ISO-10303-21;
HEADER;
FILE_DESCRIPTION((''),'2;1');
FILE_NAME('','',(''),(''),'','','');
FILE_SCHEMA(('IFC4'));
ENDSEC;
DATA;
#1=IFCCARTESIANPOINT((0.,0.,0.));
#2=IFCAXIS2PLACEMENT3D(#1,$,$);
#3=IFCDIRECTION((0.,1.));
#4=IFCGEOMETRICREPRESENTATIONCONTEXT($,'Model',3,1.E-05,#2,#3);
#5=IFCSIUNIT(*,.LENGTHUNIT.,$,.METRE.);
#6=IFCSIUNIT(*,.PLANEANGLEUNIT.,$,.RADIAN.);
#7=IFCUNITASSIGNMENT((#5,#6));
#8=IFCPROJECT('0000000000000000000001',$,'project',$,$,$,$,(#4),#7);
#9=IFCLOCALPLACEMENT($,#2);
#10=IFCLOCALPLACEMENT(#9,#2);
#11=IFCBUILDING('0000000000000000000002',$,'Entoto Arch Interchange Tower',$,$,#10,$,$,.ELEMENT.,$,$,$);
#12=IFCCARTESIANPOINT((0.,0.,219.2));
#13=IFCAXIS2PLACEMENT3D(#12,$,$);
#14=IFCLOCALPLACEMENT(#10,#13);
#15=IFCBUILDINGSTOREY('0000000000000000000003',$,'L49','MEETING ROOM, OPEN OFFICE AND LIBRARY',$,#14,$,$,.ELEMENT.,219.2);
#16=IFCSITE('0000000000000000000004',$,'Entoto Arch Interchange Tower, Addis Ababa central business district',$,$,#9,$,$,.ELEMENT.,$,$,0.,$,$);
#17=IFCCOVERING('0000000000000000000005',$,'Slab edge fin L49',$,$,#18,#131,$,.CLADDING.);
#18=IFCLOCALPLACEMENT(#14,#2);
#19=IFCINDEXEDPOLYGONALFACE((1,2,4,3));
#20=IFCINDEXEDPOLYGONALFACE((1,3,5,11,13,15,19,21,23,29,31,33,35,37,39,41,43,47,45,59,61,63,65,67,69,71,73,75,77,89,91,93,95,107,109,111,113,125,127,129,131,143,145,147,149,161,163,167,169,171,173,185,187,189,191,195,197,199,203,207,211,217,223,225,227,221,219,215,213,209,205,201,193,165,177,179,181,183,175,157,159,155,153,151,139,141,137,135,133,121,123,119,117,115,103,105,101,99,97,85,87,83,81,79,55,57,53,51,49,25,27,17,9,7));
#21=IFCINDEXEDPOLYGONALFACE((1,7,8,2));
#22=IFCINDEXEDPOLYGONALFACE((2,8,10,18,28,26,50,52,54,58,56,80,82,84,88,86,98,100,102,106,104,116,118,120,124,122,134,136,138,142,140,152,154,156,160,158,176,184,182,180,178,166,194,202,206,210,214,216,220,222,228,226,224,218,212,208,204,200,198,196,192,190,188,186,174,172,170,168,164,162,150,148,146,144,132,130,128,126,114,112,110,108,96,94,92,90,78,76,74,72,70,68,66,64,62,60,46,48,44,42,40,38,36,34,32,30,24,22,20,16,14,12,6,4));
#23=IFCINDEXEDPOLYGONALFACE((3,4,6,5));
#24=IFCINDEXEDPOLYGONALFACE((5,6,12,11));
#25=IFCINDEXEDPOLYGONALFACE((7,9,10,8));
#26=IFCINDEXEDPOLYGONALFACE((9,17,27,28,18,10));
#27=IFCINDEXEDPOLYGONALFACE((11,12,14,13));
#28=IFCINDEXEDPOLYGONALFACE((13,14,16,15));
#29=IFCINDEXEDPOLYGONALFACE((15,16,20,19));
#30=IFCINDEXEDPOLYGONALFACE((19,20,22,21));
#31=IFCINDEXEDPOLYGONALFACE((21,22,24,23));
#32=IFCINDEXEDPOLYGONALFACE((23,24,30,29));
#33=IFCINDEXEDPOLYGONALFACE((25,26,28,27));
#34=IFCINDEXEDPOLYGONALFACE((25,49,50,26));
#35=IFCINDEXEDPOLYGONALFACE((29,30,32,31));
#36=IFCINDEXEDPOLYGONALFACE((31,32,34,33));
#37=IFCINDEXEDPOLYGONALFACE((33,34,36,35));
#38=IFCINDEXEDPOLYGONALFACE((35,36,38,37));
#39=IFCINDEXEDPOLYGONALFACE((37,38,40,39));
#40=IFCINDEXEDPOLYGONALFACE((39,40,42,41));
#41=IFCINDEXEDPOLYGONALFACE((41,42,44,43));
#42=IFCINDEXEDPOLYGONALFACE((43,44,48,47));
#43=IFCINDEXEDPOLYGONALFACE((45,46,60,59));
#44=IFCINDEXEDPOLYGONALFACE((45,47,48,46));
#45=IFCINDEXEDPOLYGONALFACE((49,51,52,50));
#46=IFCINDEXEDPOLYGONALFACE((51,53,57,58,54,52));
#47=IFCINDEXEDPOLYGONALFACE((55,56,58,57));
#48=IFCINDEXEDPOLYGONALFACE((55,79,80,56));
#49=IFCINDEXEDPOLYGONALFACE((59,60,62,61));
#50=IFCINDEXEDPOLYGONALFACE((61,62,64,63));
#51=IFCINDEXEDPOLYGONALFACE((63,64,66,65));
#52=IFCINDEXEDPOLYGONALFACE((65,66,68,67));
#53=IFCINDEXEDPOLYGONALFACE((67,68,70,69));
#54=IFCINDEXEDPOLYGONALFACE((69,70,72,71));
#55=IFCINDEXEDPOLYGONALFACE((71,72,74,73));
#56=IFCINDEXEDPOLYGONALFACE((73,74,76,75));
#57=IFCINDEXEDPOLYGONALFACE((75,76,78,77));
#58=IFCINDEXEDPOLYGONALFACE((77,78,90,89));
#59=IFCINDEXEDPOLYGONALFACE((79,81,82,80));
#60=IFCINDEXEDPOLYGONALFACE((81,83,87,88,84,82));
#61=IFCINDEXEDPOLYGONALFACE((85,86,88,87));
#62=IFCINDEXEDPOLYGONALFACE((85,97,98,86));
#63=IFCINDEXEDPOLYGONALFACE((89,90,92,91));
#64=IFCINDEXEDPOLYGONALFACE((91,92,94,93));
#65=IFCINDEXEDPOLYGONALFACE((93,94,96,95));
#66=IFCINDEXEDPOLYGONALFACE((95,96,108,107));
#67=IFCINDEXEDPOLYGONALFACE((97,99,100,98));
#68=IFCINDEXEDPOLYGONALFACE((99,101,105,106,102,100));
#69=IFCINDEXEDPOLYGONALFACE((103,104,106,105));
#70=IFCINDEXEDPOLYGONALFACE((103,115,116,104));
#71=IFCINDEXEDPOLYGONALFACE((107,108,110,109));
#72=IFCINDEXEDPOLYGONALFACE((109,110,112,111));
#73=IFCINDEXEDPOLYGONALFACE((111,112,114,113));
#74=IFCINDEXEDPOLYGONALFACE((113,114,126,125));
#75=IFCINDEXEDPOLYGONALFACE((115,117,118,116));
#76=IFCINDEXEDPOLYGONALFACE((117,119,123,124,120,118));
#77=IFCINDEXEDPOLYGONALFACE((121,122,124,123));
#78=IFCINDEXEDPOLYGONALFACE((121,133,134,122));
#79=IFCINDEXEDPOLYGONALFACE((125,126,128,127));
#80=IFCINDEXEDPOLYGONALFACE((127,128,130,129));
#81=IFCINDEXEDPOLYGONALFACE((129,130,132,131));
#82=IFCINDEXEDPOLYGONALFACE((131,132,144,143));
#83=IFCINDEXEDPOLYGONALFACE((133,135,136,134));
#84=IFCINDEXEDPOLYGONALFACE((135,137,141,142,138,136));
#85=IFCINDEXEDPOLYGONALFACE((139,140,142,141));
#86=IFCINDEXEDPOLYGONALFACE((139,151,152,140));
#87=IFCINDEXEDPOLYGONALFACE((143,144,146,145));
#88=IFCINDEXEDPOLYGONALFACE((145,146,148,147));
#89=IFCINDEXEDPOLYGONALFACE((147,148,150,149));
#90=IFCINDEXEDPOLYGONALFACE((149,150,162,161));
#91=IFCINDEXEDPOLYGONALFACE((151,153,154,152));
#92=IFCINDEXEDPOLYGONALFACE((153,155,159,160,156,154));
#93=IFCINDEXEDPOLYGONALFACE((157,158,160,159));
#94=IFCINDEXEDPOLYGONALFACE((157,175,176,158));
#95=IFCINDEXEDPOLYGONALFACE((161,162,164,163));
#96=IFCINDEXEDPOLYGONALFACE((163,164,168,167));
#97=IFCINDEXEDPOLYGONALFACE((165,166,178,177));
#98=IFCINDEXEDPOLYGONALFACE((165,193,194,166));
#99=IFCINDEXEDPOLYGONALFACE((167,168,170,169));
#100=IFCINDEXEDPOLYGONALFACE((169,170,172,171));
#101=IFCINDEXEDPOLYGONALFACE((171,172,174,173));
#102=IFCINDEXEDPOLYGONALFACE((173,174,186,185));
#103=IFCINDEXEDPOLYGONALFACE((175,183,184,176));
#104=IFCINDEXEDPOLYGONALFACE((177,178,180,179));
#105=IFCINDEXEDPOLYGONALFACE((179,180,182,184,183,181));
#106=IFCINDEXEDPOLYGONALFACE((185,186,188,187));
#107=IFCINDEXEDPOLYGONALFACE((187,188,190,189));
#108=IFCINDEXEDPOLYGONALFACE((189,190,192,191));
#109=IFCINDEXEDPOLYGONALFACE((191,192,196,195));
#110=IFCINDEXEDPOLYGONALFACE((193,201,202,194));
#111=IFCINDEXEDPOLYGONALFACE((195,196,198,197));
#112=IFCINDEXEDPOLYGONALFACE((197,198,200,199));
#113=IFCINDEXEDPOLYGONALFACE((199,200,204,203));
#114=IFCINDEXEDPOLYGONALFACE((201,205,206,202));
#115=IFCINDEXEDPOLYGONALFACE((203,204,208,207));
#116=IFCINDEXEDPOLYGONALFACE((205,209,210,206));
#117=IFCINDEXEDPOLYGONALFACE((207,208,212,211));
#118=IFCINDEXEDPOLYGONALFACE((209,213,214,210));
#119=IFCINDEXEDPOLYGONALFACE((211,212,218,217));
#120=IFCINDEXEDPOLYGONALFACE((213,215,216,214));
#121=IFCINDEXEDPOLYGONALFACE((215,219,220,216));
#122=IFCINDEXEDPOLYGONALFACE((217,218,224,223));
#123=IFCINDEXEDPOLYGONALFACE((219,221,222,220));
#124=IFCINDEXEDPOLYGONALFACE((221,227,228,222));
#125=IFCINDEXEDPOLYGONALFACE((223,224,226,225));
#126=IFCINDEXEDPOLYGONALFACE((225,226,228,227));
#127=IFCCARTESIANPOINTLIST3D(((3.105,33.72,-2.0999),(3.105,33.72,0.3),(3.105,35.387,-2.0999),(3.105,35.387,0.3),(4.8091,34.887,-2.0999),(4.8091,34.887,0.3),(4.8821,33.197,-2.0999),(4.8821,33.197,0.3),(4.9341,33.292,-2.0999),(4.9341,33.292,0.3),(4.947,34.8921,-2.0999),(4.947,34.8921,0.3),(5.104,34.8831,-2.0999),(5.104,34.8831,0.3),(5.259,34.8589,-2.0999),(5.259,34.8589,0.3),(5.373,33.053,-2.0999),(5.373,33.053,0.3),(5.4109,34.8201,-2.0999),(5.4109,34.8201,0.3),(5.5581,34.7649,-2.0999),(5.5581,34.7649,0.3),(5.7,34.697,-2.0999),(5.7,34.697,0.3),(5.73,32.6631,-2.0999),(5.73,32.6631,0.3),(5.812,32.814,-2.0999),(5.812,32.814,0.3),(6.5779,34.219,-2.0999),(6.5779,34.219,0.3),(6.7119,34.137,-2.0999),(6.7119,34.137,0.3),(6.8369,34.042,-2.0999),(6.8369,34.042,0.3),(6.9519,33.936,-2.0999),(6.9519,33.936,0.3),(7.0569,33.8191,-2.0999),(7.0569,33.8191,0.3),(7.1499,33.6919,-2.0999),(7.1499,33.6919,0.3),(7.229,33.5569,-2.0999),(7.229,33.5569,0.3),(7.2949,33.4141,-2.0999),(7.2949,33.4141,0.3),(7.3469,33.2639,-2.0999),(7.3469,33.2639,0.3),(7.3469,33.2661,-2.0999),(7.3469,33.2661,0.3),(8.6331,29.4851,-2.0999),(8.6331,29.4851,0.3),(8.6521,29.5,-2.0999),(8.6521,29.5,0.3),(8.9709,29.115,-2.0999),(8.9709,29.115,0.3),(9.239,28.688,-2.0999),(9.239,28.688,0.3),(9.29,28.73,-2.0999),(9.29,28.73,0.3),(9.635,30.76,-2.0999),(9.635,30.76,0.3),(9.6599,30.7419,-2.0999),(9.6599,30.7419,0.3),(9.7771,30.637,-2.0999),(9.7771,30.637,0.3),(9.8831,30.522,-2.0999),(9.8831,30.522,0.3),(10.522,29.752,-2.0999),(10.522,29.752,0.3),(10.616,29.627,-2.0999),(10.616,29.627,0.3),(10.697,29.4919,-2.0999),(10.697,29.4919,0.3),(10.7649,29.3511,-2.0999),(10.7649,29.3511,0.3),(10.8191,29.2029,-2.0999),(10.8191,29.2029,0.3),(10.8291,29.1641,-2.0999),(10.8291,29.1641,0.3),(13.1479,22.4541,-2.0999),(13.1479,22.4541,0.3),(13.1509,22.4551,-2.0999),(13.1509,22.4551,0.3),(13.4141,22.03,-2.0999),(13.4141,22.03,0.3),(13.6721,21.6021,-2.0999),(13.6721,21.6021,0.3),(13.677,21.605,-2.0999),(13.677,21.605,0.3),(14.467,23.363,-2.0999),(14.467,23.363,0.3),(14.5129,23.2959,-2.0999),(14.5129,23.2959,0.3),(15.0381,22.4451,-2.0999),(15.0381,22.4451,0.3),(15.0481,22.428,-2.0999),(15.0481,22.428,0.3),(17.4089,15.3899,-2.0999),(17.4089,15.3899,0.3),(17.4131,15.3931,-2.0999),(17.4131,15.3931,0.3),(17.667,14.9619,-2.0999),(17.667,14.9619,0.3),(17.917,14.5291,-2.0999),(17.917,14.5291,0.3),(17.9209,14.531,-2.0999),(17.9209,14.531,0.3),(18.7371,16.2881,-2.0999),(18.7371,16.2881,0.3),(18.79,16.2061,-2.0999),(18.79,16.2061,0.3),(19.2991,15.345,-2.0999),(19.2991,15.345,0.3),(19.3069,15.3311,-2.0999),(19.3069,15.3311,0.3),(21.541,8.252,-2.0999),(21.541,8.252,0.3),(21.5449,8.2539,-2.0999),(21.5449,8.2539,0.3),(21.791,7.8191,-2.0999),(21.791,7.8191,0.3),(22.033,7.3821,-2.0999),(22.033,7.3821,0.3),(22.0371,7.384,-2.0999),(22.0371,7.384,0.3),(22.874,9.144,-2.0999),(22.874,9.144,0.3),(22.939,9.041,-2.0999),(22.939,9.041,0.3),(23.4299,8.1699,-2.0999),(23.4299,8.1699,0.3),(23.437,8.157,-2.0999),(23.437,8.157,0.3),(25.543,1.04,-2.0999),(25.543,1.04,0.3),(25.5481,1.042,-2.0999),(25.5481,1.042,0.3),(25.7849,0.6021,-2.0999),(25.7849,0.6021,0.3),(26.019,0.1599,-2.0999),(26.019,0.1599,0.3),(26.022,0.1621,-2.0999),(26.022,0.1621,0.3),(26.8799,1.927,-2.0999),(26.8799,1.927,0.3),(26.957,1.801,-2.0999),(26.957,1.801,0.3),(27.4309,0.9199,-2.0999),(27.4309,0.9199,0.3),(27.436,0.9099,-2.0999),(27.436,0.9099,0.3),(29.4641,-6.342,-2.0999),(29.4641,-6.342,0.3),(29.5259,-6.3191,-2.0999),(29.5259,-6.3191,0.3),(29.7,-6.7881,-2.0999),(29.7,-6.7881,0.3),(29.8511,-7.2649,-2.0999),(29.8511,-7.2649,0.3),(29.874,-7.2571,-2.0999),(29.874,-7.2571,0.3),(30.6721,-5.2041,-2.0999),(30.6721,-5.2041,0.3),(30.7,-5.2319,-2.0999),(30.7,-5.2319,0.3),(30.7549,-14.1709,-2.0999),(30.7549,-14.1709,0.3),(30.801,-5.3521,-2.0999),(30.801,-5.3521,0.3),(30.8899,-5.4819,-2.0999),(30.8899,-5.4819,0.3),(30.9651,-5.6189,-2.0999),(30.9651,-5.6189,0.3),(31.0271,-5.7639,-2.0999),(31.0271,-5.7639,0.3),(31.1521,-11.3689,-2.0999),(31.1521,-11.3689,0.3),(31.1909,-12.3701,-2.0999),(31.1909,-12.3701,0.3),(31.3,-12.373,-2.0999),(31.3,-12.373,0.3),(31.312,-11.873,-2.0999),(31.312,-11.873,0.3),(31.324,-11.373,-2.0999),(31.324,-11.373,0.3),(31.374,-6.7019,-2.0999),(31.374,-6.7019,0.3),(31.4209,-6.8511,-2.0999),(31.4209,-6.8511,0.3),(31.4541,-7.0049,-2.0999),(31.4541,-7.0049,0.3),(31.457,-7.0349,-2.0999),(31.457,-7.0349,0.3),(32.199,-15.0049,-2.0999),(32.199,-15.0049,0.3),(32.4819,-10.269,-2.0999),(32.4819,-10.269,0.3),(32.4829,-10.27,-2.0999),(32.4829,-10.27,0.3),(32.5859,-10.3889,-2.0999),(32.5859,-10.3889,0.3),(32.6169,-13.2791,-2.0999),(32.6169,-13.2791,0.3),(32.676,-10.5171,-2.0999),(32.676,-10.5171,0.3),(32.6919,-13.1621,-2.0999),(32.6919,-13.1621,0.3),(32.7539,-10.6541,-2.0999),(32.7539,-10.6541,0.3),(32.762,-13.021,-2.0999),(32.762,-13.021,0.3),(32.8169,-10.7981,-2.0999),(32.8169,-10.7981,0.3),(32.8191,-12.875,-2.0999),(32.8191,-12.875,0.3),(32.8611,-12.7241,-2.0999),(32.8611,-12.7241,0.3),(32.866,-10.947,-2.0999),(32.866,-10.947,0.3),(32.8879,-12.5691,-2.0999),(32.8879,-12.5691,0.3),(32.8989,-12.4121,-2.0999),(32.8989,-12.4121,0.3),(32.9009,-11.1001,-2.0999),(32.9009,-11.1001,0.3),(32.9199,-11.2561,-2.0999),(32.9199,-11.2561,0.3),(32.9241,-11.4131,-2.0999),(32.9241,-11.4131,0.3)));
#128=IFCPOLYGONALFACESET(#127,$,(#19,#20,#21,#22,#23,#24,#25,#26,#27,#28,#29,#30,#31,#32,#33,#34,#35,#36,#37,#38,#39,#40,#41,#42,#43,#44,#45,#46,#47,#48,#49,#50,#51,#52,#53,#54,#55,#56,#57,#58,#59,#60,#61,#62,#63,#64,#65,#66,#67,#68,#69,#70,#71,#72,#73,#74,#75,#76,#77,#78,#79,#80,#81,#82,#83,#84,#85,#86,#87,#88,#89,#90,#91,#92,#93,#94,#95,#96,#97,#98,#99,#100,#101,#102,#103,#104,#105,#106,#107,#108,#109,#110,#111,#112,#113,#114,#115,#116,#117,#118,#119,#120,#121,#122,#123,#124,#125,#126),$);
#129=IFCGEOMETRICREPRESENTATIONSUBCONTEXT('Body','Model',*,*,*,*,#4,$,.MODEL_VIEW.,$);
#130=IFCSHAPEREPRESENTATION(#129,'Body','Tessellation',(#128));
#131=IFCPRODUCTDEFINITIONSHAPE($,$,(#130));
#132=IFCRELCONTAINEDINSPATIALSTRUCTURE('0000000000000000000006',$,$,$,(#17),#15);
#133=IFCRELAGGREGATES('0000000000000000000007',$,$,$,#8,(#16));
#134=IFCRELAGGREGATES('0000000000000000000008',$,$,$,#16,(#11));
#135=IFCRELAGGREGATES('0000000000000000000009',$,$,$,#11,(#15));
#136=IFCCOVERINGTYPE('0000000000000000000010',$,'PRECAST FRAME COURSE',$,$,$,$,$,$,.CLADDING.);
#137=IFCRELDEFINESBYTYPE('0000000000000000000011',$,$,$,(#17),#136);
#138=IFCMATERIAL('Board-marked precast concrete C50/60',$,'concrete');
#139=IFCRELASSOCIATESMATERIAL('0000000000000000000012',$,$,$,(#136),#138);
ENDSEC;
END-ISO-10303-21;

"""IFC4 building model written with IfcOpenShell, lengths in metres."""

from ifc_helpers import new_model, si_unit, direction, frame, origin, place, context, subcontext, project, spatial, polyline, outline, extrude, material, type_object, element, save


model = new_model("IFC4")

# Units and contexts
model_context = context("Model", 3, precision=1e-05, world=origin(), true_north=direction((0.0, 1.0)))
body_context = subcontext(model_context, "Body", "Model", "MODEL_VIEW")
ifc_project = project(units=[si_unit("LENGTHUNIT", "METRE"), si_unit("PLANEANGLEUNIT", "RADIAN")], contexts=[model_context])

# Site, building, storey
site_placement = place(None, origin())
site = spatial("IfcSite", under=ifc_project, at=site_placement, Name="Entoto Arch Interchange Tower, Addis Ababa central business district", CompositionType="ELEMENT", RefElevation=0.0)
building_placement = place(site_placement, origin())
building = spatial("IfcBuilding", under=site, at=building_placement, Name="Entoto Arch Interchange Tower", CompositionType="ELEMENT")
storey_placement = place(building_placement, frame((0.0, 0.0, 219.2)))
storey = spatial("IfcBuildingStorey", under=building, at=storey_placement, Name="L49", Description="MEETING ROOM, OPEN OFFICE AND LIBRARY", CompositionType="ELEMENT", Elevation=219.2)

# Covering
ifc_material_1 = material(Name="Board-marked precast concrete C50/60", Category="concrete")
covering_type = type_object("IfcCoveringType", Name="PRECAST FRAME COURSE", PredefinedType="CLADDING", material=ifc_material_1)
covering_1_placement = place(storey_placement, frame((0.0, 0.0, -2.0999)))
element("IfcCovering", 1, at=covering_1_placement, inside=storey, type_object=covering_type, Name="Slab edge fin L49", PredefinedType="CLADDING", context=body_context, shape_type="SweptSolid", body=[
    extrude(outline(polyline([(5.259, 34.8589), (5.4109, 34.8201), (5.5581, 34.7649), (5.7, 34.697), (6.5779, 34.219), (6.7119, 34.137), (6.8369, 34.042), (6.9519, 33.936), (7.0569, 33.8191), (7.1499, 33.6919), (7.229, 33.5569), (7.2949, 33.4141), (7.3469, 33.2661), (7.3469, 33.2639), (9.635, 30.76), (9.6599, 30.7419), (9.7771, 30.637), (9.8831, 30.522), (10.522, 29.752), (10.616, 29.627), (10.697, 29.4919), (10.7649, 29.3511), (10.8191, 29.2029), (10.8291, 29.1641), (14.467, 23.363), (14.5129, 23.2959), (15.0381, 22.4451), (15.0481, 22.428), (18.7371, 16.2881), (18.79, 16.2061), (19.2991, 15.345), (19.3069, 15.3311), (22.874, 9.144), (22.939, 9.041), (23.4299, 8.1699), (23.437, 8.157), (26.8799, 1.927), (26.957, 1.801), (27.4309, 0.9199), (27.436, 0.9099), (30.6721, -5.2041), (30.7, -5.2319), (30.801, -5.3521), (30.8899, -5.4819), (30.9651, -5.6189), (31.0271, -5.7639), (31.374, -6.7019), (31.4209, -6.8511), (31.4541, -7.0049), (31.457, -7.0349), (32.4819, -10.269), (32.4829, -10.27), (32.5859, -10.3889), (32.676, -10.5171), (32.7539, -10.6541), (32.8169, -10.7981), (32.866, -10.947), (32.9009, -11.1001), (32.9199, -11.2561), (32.9241, -11.4131), (32.8989, -12.4121), (32.8879, -12.5691), (32.8611, -12.7241), (32.8191, -12.875), (32.762, -13.021), (32.6919, -13.1621), (32.6169, -13.2791), (32.199, -15.0049), (30.7549, -14.1709), (31.1909, -12.3701), (31.3, -12.373), (31.312, -11.873), (31.324, -11.373), (31.1521, -11.3689), (29.8511, -7.2649), (29.874, -7.2571), (29.7, -6.7881), (29.5259, -6.3191), (29.4641, -6.342), (26.019, 0.1599), (26.022, 0.1621), (25.7849, 0.6021), (25.5481, 1.042), (25.543, 1.04), (22.033, 7.3821), (22.0371, 7.384), (21.791, 7.8191), (21.5449, 8.2539), (21.541, 8.252), (17.917, 14.5291), (17.9209, 14.531), (17.667, 14.9619), (17.4131, 15.3931), (17.4089, 15.3899), (13.6721, 21.6021), (13.677, 21.605), (13.4141, 22.03), (13.1509, 22.4551), (13.1479, 22.4541), (9.239, 28.688), (9.29, 28.73), (8.9709, 29.115), (8.6521, 29.5), (8.6331, 29.4851), (5.73, 32.6631), (5.812, 32.814), (5.373, 33.053), (4.9341, 33.292), (4.8821, 33.197), (3.105, 33.72), (3.105, 35.387), (4.8091, 34.887), (4.947, 34.8921), (5.104, 34.8831), (5.259, 34.8589)])), origin(), (0.0, 0.0, 1.0), 2.3999),
])

save(model, "model.ifc")
